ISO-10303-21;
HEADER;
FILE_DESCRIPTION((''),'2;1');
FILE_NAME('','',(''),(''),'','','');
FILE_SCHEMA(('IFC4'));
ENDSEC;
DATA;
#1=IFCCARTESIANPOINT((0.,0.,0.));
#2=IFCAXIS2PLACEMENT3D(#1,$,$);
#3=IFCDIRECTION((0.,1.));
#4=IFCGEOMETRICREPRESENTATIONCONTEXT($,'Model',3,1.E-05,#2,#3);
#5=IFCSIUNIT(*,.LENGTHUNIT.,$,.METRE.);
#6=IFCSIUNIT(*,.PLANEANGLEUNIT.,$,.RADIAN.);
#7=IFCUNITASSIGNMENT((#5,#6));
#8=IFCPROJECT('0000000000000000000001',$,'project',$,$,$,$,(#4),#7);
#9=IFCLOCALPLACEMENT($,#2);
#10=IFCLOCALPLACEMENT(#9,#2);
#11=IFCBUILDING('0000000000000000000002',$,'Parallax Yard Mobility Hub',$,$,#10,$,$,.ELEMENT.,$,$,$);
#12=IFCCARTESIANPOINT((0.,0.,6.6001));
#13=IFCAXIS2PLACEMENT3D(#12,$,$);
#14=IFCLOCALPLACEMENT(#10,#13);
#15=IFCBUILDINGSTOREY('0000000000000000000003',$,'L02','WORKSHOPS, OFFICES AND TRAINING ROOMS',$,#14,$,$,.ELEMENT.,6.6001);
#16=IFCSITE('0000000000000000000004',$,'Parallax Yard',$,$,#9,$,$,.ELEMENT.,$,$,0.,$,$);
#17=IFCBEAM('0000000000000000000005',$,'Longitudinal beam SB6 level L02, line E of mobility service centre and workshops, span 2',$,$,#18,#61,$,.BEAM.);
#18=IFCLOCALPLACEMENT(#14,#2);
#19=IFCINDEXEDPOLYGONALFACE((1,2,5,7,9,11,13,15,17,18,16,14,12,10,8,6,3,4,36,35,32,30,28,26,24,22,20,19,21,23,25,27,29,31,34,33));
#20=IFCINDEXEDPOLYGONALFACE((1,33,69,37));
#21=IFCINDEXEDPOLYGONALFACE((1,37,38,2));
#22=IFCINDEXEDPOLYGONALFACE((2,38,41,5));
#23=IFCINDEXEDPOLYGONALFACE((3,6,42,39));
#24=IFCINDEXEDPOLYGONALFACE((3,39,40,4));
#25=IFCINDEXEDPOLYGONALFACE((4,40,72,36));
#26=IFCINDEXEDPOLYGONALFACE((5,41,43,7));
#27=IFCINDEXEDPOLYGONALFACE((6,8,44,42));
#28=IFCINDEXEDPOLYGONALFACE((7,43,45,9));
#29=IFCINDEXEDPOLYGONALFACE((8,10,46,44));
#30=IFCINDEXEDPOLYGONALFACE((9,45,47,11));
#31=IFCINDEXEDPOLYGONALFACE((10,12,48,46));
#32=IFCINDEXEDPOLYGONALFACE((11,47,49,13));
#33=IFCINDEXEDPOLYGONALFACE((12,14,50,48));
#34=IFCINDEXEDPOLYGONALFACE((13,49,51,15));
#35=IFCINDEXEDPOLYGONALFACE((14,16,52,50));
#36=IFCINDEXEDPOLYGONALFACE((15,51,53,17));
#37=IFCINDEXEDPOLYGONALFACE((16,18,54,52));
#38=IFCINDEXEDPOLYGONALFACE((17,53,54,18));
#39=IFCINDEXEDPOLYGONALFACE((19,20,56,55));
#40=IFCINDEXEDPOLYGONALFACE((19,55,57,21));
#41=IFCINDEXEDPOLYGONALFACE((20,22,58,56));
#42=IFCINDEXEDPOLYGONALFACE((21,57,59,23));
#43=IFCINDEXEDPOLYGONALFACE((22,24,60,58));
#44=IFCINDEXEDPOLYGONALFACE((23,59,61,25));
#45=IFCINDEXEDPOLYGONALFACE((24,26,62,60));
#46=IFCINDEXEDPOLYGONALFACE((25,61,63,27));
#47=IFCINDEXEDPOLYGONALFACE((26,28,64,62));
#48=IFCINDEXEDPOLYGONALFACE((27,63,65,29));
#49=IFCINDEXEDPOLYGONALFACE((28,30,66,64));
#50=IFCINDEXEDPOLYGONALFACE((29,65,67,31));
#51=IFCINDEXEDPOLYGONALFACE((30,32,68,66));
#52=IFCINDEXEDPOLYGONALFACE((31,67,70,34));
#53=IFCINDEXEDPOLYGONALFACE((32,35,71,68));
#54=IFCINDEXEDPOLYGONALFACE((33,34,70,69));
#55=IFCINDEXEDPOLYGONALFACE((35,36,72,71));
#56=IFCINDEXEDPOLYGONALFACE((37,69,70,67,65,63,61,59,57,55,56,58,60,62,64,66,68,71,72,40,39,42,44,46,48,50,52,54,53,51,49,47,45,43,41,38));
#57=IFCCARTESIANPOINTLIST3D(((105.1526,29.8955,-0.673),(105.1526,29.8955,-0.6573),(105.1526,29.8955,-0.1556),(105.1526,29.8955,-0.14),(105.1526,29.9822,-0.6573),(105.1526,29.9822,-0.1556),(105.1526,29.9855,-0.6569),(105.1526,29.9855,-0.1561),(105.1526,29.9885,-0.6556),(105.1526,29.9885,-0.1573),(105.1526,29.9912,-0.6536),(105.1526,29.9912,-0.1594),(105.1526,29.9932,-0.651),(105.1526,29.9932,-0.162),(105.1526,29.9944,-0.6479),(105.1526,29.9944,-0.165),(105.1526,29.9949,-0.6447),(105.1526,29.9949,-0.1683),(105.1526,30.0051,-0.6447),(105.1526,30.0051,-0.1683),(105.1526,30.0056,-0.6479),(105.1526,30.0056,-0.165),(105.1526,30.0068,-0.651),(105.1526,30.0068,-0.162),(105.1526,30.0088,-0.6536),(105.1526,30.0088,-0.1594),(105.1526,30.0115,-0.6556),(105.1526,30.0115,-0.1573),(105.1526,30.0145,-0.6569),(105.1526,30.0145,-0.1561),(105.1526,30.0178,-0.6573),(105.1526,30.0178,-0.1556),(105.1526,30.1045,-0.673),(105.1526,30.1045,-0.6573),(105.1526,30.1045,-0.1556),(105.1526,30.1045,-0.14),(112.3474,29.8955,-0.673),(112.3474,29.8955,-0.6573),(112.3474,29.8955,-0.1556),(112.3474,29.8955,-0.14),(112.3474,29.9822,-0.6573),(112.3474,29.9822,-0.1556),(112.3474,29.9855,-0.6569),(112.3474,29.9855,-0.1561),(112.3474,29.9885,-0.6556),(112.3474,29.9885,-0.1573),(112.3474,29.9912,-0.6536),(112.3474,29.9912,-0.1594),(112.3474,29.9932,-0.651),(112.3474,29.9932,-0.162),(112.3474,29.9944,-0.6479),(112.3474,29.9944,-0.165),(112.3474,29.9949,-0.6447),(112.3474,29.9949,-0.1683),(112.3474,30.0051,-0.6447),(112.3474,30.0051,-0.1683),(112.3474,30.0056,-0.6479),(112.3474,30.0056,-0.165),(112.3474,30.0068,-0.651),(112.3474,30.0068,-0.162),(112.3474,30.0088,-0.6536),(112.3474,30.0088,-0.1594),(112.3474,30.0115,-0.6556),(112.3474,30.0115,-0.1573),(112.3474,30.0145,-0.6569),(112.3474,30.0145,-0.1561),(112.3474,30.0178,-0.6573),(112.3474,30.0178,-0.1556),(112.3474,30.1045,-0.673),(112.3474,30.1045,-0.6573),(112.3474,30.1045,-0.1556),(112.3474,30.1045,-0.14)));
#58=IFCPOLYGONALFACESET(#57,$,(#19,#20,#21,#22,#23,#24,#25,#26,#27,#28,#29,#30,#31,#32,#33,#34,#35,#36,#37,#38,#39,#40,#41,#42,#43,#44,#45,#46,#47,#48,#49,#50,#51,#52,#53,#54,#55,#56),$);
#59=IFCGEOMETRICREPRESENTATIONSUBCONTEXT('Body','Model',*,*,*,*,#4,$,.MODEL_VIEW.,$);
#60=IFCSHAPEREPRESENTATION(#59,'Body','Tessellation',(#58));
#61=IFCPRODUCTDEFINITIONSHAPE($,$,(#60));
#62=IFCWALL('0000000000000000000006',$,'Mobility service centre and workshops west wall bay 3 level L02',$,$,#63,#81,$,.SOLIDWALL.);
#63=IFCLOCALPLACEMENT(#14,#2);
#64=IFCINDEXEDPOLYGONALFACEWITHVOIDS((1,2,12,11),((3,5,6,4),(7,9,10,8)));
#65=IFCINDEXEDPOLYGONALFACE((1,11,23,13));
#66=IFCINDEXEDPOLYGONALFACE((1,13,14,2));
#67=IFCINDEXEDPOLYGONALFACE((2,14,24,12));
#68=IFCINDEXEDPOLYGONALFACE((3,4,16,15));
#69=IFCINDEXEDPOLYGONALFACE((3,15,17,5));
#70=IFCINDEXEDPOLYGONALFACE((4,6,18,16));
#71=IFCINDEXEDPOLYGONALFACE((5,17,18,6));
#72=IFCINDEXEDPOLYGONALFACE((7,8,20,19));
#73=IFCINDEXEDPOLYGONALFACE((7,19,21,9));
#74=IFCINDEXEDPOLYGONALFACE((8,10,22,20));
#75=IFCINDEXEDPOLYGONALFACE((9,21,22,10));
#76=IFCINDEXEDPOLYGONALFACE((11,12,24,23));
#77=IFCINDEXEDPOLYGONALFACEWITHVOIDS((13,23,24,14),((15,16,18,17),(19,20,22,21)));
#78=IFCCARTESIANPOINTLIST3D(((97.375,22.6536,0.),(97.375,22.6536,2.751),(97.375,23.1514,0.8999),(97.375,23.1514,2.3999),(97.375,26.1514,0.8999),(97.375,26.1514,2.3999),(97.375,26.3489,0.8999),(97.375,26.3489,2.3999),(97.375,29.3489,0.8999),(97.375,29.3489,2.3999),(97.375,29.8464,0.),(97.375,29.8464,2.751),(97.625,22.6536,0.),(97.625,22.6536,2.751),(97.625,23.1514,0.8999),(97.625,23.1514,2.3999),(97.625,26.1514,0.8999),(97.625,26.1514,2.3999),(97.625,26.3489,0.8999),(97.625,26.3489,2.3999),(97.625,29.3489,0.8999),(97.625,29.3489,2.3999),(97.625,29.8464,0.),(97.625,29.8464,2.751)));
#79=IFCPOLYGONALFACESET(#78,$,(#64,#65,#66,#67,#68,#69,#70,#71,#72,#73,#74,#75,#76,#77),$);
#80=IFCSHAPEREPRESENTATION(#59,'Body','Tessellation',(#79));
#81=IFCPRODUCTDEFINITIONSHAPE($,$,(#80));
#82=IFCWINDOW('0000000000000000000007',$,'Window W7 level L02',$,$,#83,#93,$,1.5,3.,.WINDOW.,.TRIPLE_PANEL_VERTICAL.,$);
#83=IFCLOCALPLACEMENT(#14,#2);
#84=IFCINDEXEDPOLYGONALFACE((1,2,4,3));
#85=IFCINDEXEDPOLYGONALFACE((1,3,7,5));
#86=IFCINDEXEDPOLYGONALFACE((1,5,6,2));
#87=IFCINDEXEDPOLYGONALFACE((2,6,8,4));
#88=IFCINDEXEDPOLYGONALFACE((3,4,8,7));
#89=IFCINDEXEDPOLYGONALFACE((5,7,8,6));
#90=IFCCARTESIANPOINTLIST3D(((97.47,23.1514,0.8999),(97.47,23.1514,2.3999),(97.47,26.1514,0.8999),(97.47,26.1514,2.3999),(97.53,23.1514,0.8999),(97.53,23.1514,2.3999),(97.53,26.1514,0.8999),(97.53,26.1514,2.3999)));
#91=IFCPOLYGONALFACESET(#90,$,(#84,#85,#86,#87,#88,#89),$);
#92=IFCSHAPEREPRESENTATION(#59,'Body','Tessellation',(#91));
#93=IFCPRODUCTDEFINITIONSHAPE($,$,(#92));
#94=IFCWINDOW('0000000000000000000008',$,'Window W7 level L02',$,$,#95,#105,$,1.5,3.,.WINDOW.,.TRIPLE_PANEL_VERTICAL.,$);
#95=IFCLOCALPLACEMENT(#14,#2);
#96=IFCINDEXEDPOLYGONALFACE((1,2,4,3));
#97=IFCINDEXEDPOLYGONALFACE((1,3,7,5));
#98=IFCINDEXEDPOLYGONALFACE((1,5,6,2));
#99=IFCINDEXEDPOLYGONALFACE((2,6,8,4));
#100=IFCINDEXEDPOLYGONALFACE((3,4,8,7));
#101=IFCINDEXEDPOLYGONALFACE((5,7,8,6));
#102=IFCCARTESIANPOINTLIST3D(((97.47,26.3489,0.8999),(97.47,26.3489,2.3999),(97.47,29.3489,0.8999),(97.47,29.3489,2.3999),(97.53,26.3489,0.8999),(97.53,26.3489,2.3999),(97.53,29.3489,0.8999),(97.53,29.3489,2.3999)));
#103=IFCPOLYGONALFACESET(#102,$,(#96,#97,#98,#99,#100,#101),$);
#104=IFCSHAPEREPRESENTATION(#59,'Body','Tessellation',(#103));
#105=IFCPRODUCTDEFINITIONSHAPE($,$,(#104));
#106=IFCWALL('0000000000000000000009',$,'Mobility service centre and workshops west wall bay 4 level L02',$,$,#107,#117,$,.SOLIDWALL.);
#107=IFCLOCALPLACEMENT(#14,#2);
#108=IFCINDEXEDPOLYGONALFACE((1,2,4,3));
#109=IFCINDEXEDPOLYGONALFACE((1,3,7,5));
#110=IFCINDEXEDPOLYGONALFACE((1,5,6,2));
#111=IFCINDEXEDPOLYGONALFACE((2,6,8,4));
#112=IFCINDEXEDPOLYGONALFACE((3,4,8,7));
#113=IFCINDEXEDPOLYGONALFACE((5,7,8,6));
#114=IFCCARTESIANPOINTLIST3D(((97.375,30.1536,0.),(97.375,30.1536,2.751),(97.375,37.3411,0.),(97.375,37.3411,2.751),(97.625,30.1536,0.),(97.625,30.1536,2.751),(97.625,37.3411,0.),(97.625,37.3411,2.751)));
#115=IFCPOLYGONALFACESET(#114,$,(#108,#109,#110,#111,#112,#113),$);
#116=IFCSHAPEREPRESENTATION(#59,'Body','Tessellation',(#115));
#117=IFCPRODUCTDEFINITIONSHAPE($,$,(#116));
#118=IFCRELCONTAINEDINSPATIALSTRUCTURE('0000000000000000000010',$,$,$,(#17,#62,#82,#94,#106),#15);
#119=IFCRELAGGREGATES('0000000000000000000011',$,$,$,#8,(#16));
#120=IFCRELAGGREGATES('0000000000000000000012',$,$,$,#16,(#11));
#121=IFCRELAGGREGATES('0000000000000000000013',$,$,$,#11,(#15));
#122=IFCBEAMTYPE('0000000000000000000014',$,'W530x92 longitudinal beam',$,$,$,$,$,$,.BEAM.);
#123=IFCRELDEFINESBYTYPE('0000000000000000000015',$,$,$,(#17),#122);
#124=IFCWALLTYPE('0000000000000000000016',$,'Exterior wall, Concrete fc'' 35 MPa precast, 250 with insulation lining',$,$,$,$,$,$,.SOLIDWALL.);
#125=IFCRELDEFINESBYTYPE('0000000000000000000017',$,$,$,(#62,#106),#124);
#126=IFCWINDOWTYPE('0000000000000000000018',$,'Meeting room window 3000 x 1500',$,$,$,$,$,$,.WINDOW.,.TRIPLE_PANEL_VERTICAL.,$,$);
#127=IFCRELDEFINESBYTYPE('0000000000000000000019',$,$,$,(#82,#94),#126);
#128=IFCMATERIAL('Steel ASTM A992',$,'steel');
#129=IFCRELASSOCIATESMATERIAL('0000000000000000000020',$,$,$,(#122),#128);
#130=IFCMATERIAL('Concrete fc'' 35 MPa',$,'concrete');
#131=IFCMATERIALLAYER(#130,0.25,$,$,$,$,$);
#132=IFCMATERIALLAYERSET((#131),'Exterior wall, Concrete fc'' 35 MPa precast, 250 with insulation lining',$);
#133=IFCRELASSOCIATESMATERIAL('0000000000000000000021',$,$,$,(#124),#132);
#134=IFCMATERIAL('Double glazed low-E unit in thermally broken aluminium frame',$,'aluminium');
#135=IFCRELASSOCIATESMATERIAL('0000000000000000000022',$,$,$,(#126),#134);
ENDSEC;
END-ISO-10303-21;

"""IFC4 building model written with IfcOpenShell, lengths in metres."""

from ifc_helpers import new_model, si_unit, direction, frame, frame_2d, origin, origin_2d, place, context, subcontext, project, spatial, rectangle, i_section, extrude, material, layer, layer_set, material_profile, profile_set, type_object, element, fill, save


model = new_model("IFC4")

# Units and contexts
model_context = context("Model", 3, precision=1e-05, world=origin(), true_north=direction((0.0, 1.0)))
body_context = subcontext(model_context, "Body", "Model", "MODEL_VIEW")
ifc_project = project(units=[si_unit("LENGTHUNIT", "METRE"), si_unit("PLANEANGLEUNIT", "RADIAN")], contexts=[model_context])

# Site, building, storey
site_placement = place(None, origin())
site = spatial("IfcSite", under=ifc_project, at=site_placement, Name="Parallax Yard", CompositionType="ELEMENT", RefElevation=0.0)
building_placement = place(site_placement, origin())
building = spatial("IfcBuilding", under=site, at=building_placement, Name="Parallax Yard Mobility Hub", CompositionType="ELEMENT")
storey_placement = place(building_placement, frame((0.0, 0.0, 6.6001)))
storey = spatial("IfcBuildingStorey", under=building, at=storey_placement, Name="L02", Description="WORKSHOPS, OFFICES AND TRAINING ROOMS", CompositionType="ELEMENT", Elevation=6.6001)

# Shared definitions
ifc_material_1 = material(Name="Steel ASTM A992", Category="steel")

# Beam
ifc_material_profile_1 = material_profile(ifc_material_1, i_section(OverallWidth=0.209, OverallDepth=0.533, WebThickness=0.0103, FlangeThickness=0.0156, FilletRadius=0.0127, at=origin_2d()), Name="W530x92")
ifc_profile_set_1 = profile_set([ifc_material_profile_1], Name="Steel ASTM A992")
beam_type_1 = type_object("IfcBeamType", Name="W530x92 longitudinal beam", PredefinedType="BEAM", material=ifc_profile_set_1)
for number, where, z_axis, x_axis, name in (
    (1, (105.1526, 30.0, -0.4065), (1.0, 0.0, 0.0), (0.0, 1.0, 0.0), "Longitudinal beam SB6 level L02, line E of mobility service centre and workshops, span 2"),
):
    element("IfcBeam", number, at=place(storey_placement, frame(where, z_axis=z_axis, x_axis=x_axis)), inside=storey, type_object=beam_type_1, Name=name, PredefinedType="BEAM", context=body_context, shape_type="SweptSolid", body=[
        extrude(i_section(OverallWidth=0.209, OverallDepth=0.533, WebThickness=0.0103, FlangeThickness=0.0156, FilletRadius=0.0127, at=origin_2d()), origin(), (0.0, 0.0, 1.0), 7.1948),
    ])

# Wall, openings, windows
ifc_material_2 = material(Name="Concrete fc' 35 MPa", Category="concrete")
ifc_layer = layer(ifc_material_2, 0.25)
ifc_layer_set = layer_set([ifc_layer], Name="Exterior wall, Concrete fc' 35 MPa precast, 250 with insulation lining")
wall_type = type_object("IfcWallType", Name="Exterior wall, Concrete fc' 35 MPa precast, 250 with insulation lining", PredefinedType="SOLIDWALL", material=ifc_layer_set)
wall_1_placement = place(storey_placement, frame((97.5, 22.6536, 0.0), z_axis=(0.0, 0.0, 1.0), x_axis=(0.0, 1.0, 0.0)))
wall_1 = element("IfcWall", 2, at=wall_1_placement, inside=storey, type_object=wall_type, Name="Mobility service centre and workshops west wall bay 3 level L02", PredefinedType="SOLIDWALL", context=body_context, shape_type="SweptSolid", body=[
    extrude(rectangle(XDim=7.1929, YDim=0.25, at=frame_2d((3.5964, 0.0))), origin(), (0.0, 0.0, 1.0), 2.751),
])
opening_1_placement = place(wall_1_placement, frame((0.4978, 0.0, 0.8999)))
opening_1 = element("IfcOpeningElement", 3, at=opening_1_placement, cuts=wall_1, PredefinedType="OPENING", context=body_context, shape_type="SweptSolid", body=[
    extrude(rectangle(XDim=3.0, YDim=1.5, at=frame_2d((1.5, 0.75))), frame((0.0, 0.135, 0.0), z_axis=(0.0, -1.0, 0.0), x_axis=(1.0, 0.0, 0.0)), (0.0, 0.0, 1.0), 0.27),
])
opening_2_placement = place(wall_1_placement, frame((3.6953, 0.0, 0.8999)))
opening_2 = element("IfcOpeningElement", 4, at=opening_2_placement, cuts=wall_1, PredefinedType="OPENING", context=body_context, shape_type="SweptSolid", body=[
    extrude(rectangle(XDim=3.0, YDim=1.5, at=frame_2d((1.5, 0.75))), frame((0.0, 0.135, 0.0), z_axis=(0.0, -1.0, 0.0), x_axis=(1.0, 0.0, 0.0)), (0.0, 0.0, 1.0), 0.27),
])
ifc_material_3 = material(Name="Double glazed low-E unit in thermally broken aluminium frame", Category="aluminium")
window_type = type_object("IfcWindowType", Name="Meeting room window 3000 x 1500", PartitioningType="TRIPLE_PANEL_VERTICAL", PredefinedType="WINDOW", material=ifc_material_3)
window_1_placement = place(opening_1_placement, origin())
window_1 = element("IfcWindow", 5, at=window_1_placement, inside=storey, type_object=window_type, Name="Window W7 level L02", OverallHeight=1.5, OverallWidth=3.0, PartitioningType="TRIPLE_PANEL_VERTICAL", PredefinedType="WINDOW", context=body_context, shape_type="SweptSolid", body=[
    extrude(rectangle(XDim=3.0, YDim=1.5, at=frame_2d((1.5, 0.75))), frame((0.0, 0.03, 0.0), z_axis=(0.0, -1.0, 0.0), x_axis=(1.0, 0.0, 0.0)), (0.0, 0.0, 1.0), 0.0601),
])
fill(opening_1, window_1)
window_2_placement = place(opening_2_placement, origin())
window_2 = element("IfcWindow", 6, at=window_2_placement, inside=storey, type_object=window_type, Name="Window W7 level L02", OverallHeight=1.5, OverallWidth=3.0, PartitioningType="TRIPLE_PANEL_VERTICAL", PredefinedType="WINDOW", context=body_context, shape_type="SweptSolid", body=[
    extrude(rectangle(XDim=3.0, YDim=1.5, at=frame_2d((1.5, 0.75))), frame((0.0, 0.03, 0.0), z_axis=(0.0, -1.0, 0.0), x_axis=(1.0, 0.0, 0.0)), (0.0, 0.0, 1.0), 0.0601),
])
fill(opening_2, window_2)

# Wall
wall_2_placement = place(storey_placement, frame((97.5, 30.1536, 0.0), z_axis=(0.0, 0.0, 1.0), x_axis=(0.0, 1.0, 0.0)))
element("IfcWall", 7, at=wall_2_placement, inside=storey, type_object=wall_type, Name="Mobility service centre and workshops west wall bay 4 level L02", PredefinedType="SOLIDWALL", context=body_context, shape_type="SweptSolid", body=[
    extrude(rectangle(XDim=7.1875, YDim=0.25, at=frame_2d((3.5938, 0.0))), origin(), (0.0, 0.0, 1.0), 2.751),
])

save(model, "model.ifc")
